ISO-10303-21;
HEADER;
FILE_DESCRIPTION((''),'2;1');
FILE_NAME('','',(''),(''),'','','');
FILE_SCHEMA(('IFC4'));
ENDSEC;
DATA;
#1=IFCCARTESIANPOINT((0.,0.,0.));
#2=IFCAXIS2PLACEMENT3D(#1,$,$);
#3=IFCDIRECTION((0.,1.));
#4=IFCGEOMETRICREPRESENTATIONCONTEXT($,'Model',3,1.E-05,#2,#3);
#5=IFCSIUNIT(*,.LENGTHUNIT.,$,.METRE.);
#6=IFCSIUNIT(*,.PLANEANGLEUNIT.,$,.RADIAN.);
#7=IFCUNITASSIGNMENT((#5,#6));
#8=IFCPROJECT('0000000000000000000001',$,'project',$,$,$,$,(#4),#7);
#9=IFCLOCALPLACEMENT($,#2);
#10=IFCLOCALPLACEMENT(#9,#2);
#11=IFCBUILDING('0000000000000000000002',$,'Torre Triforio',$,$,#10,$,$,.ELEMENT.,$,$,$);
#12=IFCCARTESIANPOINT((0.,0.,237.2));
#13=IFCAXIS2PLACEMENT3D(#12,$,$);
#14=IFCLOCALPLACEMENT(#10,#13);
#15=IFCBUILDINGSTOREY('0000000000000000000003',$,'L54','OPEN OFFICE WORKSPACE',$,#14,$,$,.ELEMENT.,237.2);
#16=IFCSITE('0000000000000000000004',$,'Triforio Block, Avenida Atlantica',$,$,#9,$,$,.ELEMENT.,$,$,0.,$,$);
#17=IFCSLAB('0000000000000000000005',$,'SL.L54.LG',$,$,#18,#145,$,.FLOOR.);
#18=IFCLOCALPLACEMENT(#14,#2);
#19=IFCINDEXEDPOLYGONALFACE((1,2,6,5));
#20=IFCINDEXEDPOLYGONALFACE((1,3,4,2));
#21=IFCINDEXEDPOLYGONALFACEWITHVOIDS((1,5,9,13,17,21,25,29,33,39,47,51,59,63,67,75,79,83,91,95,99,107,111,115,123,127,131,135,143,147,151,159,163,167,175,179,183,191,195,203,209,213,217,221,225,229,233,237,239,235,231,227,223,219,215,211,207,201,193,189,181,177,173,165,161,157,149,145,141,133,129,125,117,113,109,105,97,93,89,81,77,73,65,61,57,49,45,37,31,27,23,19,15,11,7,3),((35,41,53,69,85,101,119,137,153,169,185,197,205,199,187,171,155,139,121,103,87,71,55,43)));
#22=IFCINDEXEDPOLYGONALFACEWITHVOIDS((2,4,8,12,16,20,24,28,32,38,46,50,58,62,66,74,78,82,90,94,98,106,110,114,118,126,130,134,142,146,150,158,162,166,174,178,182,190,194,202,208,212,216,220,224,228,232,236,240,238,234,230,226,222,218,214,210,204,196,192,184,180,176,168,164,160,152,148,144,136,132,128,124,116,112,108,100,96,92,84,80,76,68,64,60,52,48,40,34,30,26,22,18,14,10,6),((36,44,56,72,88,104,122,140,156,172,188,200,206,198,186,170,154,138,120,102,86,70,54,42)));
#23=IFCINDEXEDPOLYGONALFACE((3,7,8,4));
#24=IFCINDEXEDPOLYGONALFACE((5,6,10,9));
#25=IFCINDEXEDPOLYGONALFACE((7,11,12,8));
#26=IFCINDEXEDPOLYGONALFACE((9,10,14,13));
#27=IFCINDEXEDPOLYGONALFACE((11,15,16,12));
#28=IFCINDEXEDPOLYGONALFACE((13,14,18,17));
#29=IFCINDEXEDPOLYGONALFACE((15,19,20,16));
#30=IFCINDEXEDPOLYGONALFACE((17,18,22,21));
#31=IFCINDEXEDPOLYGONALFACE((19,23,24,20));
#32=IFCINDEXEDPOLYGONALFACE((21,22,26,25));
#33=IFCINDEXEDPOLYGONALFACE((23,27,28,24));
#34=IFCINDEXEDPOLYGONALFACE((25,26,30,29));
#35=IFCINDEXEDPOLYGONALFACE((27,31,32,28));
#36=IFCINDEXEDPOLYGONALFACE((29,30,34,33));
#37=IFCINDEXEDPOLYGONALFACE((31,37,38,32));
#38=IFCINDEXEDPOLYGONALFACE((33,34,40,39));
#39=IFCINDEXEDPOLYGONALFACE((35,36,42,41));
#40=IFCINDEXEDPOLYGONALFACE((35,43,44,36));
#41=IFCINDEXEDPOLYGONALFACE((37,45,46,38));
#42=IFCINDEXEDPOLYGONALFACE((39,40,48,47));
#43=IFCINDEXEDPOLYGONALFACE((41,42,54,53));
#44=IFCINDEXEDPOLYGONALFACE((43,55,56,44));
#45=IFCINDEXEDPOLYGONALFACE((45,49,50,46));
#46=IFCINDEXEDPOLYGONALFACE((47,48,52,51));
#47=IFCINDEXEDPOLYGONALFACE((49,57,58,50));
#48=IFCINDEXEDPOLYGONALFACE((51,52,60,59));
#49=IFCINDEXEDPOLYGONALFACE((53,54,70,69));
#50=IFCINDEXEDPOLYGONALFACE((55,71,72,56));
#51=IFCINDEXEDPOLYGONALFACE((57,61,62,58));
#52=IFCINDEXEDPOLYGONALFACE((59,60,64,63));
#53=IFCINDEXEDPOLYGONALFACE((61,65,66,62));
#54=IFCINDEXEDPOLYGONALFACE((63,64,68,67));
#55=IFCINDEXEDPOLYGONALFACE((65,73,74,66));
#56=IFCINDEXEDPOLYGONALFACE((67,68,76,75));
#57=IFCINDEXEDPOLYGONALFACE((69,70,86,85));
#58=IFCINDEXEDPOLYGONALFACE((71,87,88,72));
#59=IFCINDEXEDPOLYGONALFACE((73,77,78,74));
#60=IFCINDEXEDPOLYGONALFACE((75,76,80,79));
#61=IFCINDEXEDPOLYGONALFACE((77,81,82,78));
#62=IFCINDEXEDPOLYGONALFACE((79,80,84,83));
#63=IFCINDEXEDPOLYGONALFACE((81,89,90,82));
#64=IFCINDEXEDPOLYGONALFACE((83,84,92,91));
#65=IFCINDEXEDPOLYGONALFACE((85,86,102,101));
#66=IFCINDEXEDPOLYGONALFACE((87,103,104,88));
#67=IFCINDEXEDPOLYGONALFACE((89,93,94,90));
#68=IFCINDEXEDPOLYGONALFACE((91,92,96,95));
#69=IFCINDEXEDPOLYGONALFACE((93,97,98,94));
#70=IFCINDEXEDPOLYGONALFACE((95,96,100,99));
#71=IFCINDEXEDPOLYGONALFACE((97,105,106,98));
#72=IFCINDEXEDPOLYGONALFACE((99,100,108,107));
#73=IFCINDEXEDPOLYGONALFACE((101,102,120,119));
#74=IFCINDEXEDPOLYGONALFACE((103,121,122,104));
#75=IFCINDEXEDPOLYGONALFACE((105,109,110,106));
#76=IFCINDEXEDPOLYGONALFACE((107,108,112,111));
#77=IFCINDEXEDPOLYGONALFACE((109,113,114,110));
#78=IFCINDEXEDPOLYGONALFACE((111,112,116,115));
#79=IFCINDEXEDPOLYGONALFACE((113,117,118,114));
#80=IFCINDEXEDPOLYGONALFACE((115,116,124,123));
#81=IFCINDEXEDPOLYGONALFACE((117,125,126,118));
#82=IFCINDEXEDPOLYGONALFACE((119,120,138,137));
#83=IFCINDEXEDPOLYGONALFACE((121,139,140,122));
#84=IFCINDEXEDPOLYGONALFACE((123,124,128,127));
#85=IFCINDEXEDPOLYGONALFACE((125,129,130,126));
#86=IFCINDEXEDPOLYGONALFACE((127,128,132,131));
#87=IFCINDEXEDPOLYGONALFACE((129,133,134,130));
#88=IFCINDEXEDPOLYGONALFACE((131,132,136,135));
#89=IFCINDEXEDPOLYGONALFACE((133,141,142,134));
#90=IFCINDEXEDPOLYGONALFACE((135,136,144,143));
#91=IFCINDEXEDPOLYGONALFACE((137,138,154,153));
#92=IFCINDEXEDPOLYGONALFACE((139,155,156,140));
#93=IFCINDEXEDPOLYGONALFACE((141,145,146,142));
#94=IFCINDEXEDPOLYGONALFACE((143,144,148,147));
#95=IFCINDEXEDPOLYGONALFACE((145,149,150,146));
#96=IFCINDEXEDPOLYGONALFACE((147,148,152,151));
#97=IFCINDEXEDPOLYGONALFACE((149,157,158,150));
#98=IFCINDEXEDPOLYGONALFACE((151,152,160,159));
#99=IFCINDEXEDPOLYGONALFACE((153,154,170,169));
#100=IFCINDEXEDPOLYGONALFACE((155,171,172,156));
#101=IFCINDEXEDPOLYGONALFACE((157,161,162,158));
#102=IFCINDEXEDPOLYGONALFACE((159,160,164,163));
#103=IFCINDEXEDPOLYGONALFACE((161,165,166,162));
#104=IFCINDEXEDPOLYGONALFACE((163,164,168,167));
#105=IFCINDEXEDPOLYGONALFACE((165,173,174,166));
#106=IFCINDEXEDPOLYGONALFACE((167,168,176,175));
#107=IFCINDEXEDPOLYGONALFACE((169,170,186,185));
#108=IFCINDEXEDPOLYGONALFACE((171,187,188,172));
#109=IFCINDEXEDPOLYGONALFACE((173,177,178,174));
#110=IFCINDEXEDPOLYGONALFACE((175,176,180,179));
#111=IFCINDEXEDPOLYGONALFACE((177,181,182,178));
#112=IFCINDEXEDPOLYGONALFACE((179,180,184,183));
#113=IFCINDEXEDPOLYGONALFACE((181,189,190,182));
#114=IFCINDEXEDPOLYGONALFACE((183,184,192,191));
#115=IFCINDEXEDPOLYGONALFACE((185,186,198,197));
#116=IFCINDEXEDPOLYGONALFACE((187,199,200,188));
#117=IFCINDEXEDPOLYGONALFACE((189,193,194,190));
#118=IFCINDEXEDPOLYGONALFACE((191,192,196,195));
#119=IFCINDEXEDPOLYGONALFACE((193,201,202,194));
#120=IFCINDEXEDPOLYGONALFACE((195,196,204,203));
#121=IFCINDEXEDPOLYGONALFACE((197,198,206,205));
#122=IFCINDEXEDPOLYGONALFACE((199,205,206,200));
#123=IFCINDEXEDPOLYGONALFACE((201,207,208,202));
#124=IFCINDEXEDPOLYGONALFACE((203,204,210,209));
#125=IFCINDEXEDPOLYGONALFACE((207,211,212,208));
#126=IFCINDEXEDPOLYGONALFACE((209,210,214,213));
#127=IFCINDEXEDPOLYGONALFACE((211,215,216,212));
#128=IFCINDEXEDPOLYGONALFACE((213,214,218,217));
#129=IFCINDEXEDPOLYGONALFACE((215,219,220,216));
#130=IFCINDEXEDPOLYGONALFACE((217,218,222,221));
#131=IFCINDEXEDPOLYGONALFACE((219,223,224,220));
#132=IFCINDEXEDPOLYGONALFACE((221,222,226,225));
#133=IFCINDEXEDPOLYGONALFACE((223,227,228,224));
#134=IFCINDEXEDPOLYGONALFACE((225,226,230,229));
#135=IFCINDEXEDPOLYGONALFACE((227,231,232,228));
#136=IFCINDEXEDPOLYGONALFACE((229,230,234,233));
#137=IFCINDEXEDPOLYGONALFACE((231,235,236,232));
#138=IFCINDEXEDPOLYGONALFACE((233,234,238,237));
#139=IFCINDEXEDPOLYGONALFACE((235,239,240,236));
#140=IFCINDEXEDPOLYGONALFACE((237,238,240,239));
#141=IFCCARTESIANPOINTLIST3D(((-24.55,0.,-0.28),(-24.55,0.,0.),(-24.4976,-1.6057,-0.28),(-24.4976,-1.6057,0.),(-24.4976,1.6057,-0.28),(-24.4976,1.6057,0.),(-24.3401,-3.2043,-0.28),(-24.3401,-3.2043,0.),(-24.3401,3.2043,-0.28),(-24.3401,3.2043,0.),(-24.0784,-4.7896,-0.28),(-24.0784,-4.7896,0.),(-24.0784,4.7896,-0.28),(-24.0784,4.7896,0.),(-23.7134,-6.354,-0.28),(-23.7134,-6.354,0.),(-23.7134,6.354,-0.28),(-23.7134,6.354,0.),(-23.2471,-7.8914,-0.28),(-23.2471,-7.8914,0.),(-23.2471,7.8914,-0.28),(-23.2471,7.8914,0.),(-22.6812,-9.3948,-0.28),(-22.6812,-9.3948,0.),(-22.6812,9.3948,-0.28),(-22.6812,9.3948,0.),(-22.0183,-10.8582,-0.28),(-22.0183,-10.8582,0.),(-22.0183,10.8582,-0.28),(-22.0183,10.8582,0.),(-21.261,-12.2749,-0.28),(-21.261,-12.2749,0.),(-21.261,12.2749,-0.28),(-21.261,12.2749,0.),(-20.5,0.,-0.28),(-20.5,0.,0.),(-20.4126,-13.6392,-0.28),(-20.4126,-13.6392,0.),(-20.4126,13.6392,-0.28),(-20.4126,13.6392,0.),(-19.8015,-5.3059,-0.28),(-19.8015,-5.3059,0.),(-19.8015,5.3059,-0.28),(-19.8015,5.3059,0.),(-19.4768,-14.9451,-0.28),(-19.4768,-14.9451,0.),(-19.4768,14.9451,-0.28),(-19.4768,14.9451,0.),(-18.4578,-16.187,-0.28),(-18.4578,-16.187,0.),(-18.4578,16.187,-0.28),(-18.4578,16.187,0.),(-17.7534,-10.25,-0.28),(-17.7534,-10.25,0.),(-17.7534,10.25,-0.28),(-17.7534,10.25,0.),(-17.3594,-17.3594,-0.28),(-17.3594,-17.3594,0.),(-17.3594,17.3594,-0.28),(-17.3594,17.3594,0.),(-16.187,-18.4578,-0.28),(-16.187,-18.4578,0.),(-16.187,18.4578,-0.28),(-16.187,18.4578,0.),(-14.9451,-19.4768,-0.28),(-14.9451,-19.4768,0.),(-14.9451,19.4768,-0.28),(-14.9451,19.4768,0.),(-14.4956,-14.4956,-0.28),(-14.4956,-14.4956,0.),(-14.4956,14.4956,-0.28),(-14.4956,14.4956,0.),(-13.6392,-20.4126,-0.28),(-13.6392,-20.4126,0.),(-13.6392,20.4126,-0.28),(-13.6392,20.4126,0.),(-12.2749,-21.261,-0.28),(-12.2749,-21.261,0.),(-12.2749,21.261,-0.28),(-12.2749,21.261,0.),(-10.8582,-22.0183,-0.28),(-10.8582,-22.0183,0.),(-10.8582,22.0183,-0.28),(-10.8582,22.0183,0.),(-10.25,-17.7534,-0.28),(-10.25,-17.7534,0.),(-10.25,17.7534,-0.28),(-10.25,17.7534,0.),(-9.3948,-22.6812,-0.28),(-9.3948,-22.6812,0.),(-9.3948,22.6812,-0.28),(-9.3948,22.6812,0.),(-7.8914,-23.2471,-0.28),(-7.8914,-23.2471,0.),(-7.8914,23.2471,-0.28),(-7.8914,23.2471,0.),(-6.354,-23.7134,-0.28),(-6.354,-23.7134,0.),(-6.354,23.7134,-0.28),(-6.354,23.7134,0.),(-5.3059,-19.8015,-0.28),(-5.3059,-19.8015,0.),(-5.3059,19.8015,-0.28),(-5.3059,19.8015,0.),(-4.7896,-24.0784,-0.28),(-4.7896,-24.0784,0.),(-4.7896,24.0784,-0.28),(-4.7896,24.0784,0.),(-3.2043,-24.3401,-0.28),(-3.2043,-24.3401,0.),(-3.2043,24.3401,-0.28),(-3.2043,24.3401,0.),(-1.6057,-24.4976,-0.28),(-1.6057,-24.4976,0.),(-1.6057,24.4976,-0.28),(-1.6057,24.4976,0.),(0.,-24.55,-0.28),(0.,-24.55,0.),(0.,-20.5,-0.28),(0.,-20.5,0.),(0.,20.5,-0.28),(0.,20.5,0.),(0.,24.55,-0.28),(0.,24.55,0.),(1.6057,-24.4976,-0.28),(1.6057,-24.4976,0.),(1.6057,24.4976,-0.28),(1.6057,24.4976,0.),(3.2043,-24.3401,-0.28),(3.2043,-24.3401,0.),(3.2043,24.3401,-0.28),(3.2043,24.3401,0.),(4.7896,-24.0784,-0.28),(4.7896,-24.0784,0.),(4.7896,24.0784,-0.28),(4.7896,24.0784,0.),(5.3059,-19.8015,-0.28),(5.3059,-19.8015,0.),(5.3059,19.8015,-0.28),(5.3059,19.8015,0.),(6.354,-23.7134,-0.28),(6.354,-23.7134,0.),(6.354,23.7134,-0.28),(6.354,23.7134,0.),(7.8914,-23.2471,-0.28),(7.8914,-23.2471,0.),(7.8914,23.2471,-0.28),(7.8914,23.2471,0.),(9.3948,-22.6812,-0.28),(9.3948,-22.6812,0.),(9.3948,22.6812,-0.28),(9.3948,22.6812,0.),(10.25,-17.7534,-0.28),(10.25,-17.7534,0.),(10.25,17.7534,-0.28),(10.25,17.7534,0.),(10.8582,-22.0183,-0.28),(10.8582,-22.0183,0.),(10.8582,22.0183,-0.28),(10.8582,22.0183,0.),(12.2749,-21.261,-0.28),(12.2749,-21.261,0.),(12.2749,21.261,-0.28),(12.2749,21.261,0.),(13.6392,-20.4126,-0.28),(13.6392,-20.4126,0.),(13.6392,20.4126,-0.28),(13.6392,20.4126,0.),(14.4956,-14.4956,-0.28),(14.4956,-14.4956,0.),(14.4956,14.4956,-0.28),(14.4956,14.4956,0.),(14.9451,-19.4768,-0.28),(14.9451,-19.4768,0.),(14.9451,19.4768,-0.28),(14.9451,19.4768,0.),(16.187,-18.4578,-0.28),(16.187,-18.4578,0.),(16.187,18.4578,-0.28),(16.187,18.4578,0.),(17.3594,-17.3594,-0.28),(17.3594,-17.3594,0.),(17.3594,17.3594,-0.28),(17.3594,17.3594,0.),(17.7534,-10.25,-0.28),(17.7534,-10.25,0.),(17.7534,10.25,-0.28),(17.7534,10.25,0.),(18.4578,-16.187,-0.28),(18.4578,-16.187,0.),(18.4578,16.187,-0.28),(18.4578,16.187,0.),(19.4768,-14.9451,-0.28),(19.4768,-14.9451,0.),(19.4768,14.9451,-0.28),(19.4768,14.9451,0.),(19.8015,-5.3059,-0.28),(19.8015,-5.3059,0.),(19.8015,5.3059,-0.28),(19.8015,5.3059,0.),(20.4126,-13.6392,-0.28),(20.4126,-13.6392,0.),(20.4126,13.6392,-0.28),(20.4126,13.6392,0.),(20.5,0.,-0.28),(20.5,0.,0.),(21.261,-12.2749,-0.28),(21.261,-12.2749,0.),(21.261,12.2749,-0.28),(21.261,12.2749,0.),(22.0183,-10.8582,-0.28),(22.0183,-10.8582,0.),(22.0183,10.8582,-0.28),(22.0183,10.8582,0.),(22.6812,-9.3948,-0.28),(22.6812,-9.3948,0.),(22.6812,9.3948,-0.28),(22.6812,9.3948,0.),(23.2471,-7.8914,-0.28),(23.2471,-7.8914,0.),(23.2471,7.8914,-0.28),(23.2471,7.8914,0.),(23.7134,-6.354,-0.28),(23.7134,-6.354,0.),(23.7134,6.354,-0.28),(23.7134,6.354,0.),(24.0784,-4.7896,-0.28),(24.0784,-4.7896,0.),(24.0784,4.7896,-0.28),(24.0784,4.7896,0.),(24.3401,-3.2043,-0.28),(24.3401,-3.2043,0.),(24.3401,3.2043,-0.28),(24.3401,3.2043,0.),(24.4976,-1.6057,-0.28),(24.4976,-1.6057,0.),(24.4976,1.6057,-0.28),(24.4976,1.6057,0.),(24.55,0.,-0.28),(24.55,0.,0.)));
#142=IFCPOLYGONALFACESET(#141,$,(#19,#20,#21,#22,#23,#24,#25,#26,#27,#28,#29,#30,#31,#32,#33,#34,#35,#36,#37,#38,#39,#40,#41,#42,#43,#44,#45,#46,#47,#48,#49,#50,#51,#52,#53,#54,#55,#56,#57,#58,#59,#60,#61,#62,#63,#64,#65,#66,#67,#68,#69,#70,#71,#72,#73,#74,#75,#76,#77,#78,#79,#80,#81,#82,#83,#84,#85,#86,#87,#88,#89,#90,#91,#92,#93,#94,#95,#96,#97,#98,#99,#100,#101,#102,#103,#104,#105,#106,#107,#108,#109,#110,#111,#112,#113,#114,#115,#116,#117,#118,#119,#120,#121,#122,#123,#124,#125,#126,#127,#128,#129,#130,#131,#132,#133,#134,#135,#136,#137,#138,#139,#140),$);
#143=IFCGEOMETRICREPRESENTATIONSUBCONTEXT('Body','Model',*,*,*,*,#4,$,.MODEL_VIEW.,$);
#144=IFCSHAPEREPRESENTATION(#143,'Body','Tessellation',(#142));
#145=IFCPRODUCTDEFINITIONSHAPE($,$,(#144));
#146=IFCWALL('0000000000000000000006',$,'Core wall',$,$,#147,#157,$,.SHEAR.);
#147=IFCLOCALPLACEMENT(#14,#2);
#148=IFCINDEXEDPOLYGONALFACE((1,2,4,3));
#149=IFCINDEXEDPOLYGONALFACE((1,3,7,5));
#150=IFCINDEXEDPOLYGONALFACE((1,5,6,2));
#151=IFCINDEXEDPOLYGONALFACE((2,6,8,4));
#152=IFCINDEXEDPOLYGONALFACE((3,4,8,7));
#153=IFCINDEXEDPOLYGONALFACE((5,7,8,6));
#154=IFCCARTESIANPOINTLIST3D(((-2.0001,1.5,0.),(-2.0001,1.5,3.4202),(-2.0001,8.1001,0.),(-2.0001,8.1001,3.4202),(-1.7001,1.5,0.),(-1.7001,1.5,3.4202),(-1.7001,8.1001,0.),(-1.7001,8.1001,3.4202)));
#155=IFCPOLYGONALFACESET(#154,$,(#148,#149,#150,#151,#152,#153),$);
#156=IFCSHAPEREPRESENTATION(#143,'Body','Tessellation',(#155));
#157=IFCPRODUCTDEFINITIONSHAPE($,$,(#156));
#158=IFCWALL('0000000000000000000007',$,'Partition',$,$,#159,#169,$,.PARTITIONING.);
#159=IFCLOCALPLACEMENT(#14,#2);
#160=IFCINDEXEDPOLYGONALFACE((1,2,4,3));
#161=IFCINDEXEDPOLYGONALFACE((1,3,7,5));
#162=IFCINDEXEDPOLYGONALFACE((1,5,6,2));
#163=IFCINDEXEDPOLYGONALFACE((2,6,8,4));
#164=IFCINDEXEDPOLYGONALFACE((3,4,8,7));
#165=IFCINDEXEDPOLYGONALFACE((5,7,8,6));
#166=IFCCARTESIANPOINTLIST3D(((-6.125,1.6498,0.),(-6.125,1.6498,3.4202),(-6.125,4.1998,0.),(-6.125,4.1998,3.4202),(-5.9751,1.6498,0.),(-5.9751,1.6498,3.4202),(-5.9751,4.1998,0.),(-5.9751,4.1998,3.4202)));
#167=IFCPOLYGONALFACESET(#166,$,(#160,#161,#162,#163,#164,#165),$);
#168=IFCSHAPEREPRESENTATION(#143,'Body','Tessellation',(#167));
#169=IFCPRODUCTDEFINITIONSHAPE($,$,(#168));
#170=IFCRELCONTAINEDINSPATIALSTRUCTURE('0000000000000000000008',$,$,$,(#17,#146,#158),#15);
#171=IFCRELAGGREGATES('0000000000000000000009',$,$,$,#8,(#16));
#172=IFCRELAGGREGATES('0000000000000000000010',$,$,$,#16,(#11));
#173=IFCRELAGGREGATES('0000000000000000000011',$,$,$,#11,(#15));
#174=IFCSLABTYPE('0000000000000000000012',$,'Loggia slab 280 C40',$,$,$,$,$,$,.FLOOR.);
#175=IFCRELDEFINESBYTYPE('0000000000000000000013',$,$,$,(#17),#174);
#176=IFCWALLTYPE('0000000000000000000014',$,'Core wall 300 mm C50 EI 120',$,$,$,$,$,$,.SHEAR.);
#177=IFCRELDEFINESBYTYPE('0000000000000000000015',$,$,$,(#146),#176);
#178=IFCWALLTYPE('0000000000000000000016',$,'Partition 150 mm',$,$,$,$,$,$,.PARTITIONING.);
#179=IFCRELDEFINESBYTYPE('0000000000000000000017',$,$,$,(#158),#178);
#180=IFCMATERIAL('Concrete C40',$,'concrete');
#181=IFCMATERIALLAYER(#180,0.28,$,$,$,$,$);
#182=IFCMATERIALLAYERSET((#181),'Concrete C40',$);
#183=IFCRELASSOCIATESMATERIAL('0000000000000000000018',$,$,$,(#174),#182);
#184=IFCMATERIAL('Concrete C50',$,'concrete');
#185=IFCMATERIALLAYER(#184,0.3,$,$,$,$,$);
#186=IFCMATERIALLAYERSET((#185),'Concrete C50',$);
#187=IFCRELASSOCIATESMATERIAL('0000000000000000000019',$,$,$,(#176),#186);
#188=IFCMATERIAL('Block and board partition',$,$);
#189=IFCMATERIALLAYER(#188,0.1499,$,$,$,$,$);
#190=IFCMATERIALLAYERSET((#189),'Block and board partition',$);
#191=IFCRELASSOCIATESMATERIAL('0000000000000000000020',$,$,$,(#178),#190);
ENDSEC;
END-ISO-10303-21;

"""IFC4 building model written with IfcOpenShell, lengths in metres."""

from ifc_helpers import new_model, si_unit, direction, frame, frame_2d, origin, place, context, subcontext, project, spatial, polyline, rectangle, outline, extrude, material, layer, layer_set, type_object, element, save


model = new_model("IFC4")

# Units and contexts
model_context = context("Model", 3, precision=1e-05, world=origin(), true_north=direction((0.0, 1.0)))
body_context = subcontext(model_context, "Body", "Model", "MODEL_VIEW")
ifc_project = project(units=[si_unit("LENGTHUNIT", "METRE"), si_unit("PLANEANGLEUNIT", "RADIAN")], contexts=[model_context])

# Site, building, storey
site_placement = place(None, origin())
site = spatial("IfcSite", under=ifc_project, at=site_placement, Name="Triforio Block, Avenida Atlantica", CompositionType="ELEMENT", RefElevation=0.0)
building_placement = place(site_placement, origin())
building = spatial("IfcBuilding", under=site, at=building_placement, Name="Torre Triforio", CompositionType="ELEMENT")
storey_placement = place(building_placement, frame((0.0, 0.0, 237.2)))
storey = spatial("IfcBuildingStorey", under=building, at=storey_placement, Name="L54", Description="OPEN OFFICE WORKSPACE", CompositionType="ELEMENT", Elevation=237.2)

# Shared definitions
ifc_material_1 = material(Name="Concrete C40", Category="concrete")

# Slab
ifc_layer_1 = layer(ifc_material_1, 0.28)
ifc_layer_set_1 = layer_set([ifc_layer_1], Name="Concrete C40")
slab_type_1 = type_object("IfcSlabType", Name="Loggia slab 280 C40", PredefinedType="FLOOR", material=ifc_layer_set_1)
slab_1_placement = place(storey_placement, frame((0.0, 0.0, -0.28)))
element("IfcSlab", 1, at=slab_1_placement, inside=storey, type_object=slab_type_1, Name="SL.L54.LG", PredefinedType="FLOOR", context=body_context, shape_type="SweptSolid", body=[
    extrude(outline(polyline([(24.4976, -1.6057), (24.55, 0.0), (24.4976, 1.6057), (24.3401, 3.2043), (24.0784, 4.7896), (23.7134, 6.354), (23.2471, 7.8914), (22.6812, 9.3948), (22.0183, 10.8582), (21.261, 12.2749), (20.4126, 13.6392), (19.4768, 14.9451), (18.4578, 16.187), (17.3594, 17.3594), (16.187, 18.4578), (14.9451, 19.4768), (13.6392, 20.4126), (12.2749, 21.261), (10.8582, 22.0183), (9.3948, 22.6812), (7.8914, 23.2471), (6.354, 23.7134), (4.7896, 24.0784), (3.2043, 24.3401), (1.6057, 24.4976), (0.0, 24.55), (-1.6057, 24.4976), (-3.2043, 24.3401), (-4.7896, 24.0784), (-6.354, 23.7134), (-7.8914, 23.2471), (-9.3948, 22.6812), (-10.8582, 22.0183), (-12.2749, 21.261), (-13.6392, 20.4126), (-14.9451, 19.4768), (-16.187, 18.4578), (-17.3594, 17.3594), (-18.4578, 16.187), (-19.4768, 14.9451), (-20.4126, 13.6392), (-21.261, 12.2749), (-22.0183, 10.8582), (-22.6812, 9.3948), (-23.2471, 7.8914), (-23.7134, 6.354), (-24.0784, 4.7896), (-24.3401, 3.2043), (-24.4976, 1.6057), (-24.55, 0.0), (-24.4976, -1.6057), (-24.3401, -3.2043), (-24.0784, -4.7896), (-23.7134, -6.354), (-23.2471, -7.8914), (-22.6812, -9.3948), (-22.0183, -10.8582), (-21.261, -12.2749), (-20.4126, -13.6392), (-19.4768, -14.9451), (-18.4578, -16.187), (-17.3594, -17.3594), (-16.187, -18.4578), (-14.9451, -19.4768), (-13.6392, -20.4126), (-12.2749, -21.261), (-10.8582, -22.0183), (-9.3948, -22.6812), (-7.8914, -23.2471), (-6.354, -23.7134), (-4.7896, -24.0784), (-3.2043, -24.3401), (-1.6057, -24.4976), (0.0, -24.55), (1.6057, -24.4976), (3.2043, -24.3401), (4.7896, -24.0784), (6.354, -23.7134), (7.8914, -23.2471), (9.3948, -22.6812), (10.8582, -22.0183), (12.2749, -21.261), (13.6392, -20.4126), (14.9451, -19.4768), (16.187, -18.4578), (17.3594, -17.3594), (18.4578, -16.187), (19.4768, -14.9451), (20.4126, -13.6392), (21.261, -12.2749), (22.0183, -10.8582), (22.6812, -9.3948), (23.2471, -7.8914), (23.7134, -6.354), (24.0784, -4.7896), (24.3401, -3.2043), (24.4976, -1.6057)]), holes=[polyline([(19.8015, 5.3059), (20.5, 0.0), (19.8015, -5.3059), (17.7534, -10.25), (14.4956, -14.4956), (10.25, -17.7534), (5.3059, -19.8015), (0.0, -20.5), (-5.3059, -19.8015), (-10.25, -17.7534), (-14.4956, -14.4956), (-17.7534, -10.25), (-19.8015, -5.3059), (-20.5, 0.0), (-19.8015, 5.3059), (-17.7534, 10.25), (-14.4956, 14.4956), (-10.25, 17.7534), (-5.3059, 19.8015), (0.0, 20.5), (5.3059, 19.8015), (10.25, 17.7534), (14.4956, 14.4956), (17.7534, 10.25), (19.8015, 5.3059)])]), origin(), (0.0, 0.0, 1.0), 0.28),
])

# Walls
ifc_material_2 = material(Name="Concrete C50", Category="concrete")
ifc_layer_2 = layer(ifc_material_2, 0.3)
ifc_layer_set_2 = layer_set([ifc_layer_2], Name="Concrete C50")
wall_type_1 = type_object("IfcWallType", Name="Core wall 300 mm C50 EI 120", PredefinedType="SHEAR", material=ifc_layer_set_2)
wall_1_placement = place(storey_placement, frame((-1.8501, 1.5, 0.0), z_axis=(0.0, 0.0, 1.0), x_axis=(0.0, 1.0, 0.0)))
element("IfcWall", 2, at=wall_1_placement, inside=storey, type_object=wall_type_1, Name="Core wall", PredefinedType="SHEAR", context=body_context, shape_type="SweptSolid", body=[
    extrude(rectangle(XDim=6.6001, YDim=0.3, at=frame_2d((3.3, 0.0))), origin(), (0.0, 0.0, 1.0), 3.4202),
])
ifc_material_3 = material(Name="Block and board partition")
ifc_layer_3 = layer(ifc_material_3, 0.1499)
ifc_layer_set_3 = layer_set([ifc_layer_3], Name="Block and board partition")
wall_type_2 = type_object("IfcWallType", Name="Partition 150 mm", PredefinedType="PARTITIONING", material=ifc_layer_set_3)
wall_2_placement = place(storey_placement, frame((-6.05, 1.6499, 0.0), z_axis=(0.0, 0.0, 1.0), x_axis=(0.0, 1.0, 0.0)))
element("IfcWall", 3, at=wall_2_placement, inside=storey, type_object=wall_type_2, Name="Partition", PredefinedType="PARTITIONING", context=body_context, shape_type="SweptSolid", body=[
    extrude(rectangle(XDim=2.55, YDim=0.1499, at=frame_2d((1.2749, 0.0))), origin(), (0.0, 0.0, 1.0), 3.4202),
])

save(model, "model.ifc")
